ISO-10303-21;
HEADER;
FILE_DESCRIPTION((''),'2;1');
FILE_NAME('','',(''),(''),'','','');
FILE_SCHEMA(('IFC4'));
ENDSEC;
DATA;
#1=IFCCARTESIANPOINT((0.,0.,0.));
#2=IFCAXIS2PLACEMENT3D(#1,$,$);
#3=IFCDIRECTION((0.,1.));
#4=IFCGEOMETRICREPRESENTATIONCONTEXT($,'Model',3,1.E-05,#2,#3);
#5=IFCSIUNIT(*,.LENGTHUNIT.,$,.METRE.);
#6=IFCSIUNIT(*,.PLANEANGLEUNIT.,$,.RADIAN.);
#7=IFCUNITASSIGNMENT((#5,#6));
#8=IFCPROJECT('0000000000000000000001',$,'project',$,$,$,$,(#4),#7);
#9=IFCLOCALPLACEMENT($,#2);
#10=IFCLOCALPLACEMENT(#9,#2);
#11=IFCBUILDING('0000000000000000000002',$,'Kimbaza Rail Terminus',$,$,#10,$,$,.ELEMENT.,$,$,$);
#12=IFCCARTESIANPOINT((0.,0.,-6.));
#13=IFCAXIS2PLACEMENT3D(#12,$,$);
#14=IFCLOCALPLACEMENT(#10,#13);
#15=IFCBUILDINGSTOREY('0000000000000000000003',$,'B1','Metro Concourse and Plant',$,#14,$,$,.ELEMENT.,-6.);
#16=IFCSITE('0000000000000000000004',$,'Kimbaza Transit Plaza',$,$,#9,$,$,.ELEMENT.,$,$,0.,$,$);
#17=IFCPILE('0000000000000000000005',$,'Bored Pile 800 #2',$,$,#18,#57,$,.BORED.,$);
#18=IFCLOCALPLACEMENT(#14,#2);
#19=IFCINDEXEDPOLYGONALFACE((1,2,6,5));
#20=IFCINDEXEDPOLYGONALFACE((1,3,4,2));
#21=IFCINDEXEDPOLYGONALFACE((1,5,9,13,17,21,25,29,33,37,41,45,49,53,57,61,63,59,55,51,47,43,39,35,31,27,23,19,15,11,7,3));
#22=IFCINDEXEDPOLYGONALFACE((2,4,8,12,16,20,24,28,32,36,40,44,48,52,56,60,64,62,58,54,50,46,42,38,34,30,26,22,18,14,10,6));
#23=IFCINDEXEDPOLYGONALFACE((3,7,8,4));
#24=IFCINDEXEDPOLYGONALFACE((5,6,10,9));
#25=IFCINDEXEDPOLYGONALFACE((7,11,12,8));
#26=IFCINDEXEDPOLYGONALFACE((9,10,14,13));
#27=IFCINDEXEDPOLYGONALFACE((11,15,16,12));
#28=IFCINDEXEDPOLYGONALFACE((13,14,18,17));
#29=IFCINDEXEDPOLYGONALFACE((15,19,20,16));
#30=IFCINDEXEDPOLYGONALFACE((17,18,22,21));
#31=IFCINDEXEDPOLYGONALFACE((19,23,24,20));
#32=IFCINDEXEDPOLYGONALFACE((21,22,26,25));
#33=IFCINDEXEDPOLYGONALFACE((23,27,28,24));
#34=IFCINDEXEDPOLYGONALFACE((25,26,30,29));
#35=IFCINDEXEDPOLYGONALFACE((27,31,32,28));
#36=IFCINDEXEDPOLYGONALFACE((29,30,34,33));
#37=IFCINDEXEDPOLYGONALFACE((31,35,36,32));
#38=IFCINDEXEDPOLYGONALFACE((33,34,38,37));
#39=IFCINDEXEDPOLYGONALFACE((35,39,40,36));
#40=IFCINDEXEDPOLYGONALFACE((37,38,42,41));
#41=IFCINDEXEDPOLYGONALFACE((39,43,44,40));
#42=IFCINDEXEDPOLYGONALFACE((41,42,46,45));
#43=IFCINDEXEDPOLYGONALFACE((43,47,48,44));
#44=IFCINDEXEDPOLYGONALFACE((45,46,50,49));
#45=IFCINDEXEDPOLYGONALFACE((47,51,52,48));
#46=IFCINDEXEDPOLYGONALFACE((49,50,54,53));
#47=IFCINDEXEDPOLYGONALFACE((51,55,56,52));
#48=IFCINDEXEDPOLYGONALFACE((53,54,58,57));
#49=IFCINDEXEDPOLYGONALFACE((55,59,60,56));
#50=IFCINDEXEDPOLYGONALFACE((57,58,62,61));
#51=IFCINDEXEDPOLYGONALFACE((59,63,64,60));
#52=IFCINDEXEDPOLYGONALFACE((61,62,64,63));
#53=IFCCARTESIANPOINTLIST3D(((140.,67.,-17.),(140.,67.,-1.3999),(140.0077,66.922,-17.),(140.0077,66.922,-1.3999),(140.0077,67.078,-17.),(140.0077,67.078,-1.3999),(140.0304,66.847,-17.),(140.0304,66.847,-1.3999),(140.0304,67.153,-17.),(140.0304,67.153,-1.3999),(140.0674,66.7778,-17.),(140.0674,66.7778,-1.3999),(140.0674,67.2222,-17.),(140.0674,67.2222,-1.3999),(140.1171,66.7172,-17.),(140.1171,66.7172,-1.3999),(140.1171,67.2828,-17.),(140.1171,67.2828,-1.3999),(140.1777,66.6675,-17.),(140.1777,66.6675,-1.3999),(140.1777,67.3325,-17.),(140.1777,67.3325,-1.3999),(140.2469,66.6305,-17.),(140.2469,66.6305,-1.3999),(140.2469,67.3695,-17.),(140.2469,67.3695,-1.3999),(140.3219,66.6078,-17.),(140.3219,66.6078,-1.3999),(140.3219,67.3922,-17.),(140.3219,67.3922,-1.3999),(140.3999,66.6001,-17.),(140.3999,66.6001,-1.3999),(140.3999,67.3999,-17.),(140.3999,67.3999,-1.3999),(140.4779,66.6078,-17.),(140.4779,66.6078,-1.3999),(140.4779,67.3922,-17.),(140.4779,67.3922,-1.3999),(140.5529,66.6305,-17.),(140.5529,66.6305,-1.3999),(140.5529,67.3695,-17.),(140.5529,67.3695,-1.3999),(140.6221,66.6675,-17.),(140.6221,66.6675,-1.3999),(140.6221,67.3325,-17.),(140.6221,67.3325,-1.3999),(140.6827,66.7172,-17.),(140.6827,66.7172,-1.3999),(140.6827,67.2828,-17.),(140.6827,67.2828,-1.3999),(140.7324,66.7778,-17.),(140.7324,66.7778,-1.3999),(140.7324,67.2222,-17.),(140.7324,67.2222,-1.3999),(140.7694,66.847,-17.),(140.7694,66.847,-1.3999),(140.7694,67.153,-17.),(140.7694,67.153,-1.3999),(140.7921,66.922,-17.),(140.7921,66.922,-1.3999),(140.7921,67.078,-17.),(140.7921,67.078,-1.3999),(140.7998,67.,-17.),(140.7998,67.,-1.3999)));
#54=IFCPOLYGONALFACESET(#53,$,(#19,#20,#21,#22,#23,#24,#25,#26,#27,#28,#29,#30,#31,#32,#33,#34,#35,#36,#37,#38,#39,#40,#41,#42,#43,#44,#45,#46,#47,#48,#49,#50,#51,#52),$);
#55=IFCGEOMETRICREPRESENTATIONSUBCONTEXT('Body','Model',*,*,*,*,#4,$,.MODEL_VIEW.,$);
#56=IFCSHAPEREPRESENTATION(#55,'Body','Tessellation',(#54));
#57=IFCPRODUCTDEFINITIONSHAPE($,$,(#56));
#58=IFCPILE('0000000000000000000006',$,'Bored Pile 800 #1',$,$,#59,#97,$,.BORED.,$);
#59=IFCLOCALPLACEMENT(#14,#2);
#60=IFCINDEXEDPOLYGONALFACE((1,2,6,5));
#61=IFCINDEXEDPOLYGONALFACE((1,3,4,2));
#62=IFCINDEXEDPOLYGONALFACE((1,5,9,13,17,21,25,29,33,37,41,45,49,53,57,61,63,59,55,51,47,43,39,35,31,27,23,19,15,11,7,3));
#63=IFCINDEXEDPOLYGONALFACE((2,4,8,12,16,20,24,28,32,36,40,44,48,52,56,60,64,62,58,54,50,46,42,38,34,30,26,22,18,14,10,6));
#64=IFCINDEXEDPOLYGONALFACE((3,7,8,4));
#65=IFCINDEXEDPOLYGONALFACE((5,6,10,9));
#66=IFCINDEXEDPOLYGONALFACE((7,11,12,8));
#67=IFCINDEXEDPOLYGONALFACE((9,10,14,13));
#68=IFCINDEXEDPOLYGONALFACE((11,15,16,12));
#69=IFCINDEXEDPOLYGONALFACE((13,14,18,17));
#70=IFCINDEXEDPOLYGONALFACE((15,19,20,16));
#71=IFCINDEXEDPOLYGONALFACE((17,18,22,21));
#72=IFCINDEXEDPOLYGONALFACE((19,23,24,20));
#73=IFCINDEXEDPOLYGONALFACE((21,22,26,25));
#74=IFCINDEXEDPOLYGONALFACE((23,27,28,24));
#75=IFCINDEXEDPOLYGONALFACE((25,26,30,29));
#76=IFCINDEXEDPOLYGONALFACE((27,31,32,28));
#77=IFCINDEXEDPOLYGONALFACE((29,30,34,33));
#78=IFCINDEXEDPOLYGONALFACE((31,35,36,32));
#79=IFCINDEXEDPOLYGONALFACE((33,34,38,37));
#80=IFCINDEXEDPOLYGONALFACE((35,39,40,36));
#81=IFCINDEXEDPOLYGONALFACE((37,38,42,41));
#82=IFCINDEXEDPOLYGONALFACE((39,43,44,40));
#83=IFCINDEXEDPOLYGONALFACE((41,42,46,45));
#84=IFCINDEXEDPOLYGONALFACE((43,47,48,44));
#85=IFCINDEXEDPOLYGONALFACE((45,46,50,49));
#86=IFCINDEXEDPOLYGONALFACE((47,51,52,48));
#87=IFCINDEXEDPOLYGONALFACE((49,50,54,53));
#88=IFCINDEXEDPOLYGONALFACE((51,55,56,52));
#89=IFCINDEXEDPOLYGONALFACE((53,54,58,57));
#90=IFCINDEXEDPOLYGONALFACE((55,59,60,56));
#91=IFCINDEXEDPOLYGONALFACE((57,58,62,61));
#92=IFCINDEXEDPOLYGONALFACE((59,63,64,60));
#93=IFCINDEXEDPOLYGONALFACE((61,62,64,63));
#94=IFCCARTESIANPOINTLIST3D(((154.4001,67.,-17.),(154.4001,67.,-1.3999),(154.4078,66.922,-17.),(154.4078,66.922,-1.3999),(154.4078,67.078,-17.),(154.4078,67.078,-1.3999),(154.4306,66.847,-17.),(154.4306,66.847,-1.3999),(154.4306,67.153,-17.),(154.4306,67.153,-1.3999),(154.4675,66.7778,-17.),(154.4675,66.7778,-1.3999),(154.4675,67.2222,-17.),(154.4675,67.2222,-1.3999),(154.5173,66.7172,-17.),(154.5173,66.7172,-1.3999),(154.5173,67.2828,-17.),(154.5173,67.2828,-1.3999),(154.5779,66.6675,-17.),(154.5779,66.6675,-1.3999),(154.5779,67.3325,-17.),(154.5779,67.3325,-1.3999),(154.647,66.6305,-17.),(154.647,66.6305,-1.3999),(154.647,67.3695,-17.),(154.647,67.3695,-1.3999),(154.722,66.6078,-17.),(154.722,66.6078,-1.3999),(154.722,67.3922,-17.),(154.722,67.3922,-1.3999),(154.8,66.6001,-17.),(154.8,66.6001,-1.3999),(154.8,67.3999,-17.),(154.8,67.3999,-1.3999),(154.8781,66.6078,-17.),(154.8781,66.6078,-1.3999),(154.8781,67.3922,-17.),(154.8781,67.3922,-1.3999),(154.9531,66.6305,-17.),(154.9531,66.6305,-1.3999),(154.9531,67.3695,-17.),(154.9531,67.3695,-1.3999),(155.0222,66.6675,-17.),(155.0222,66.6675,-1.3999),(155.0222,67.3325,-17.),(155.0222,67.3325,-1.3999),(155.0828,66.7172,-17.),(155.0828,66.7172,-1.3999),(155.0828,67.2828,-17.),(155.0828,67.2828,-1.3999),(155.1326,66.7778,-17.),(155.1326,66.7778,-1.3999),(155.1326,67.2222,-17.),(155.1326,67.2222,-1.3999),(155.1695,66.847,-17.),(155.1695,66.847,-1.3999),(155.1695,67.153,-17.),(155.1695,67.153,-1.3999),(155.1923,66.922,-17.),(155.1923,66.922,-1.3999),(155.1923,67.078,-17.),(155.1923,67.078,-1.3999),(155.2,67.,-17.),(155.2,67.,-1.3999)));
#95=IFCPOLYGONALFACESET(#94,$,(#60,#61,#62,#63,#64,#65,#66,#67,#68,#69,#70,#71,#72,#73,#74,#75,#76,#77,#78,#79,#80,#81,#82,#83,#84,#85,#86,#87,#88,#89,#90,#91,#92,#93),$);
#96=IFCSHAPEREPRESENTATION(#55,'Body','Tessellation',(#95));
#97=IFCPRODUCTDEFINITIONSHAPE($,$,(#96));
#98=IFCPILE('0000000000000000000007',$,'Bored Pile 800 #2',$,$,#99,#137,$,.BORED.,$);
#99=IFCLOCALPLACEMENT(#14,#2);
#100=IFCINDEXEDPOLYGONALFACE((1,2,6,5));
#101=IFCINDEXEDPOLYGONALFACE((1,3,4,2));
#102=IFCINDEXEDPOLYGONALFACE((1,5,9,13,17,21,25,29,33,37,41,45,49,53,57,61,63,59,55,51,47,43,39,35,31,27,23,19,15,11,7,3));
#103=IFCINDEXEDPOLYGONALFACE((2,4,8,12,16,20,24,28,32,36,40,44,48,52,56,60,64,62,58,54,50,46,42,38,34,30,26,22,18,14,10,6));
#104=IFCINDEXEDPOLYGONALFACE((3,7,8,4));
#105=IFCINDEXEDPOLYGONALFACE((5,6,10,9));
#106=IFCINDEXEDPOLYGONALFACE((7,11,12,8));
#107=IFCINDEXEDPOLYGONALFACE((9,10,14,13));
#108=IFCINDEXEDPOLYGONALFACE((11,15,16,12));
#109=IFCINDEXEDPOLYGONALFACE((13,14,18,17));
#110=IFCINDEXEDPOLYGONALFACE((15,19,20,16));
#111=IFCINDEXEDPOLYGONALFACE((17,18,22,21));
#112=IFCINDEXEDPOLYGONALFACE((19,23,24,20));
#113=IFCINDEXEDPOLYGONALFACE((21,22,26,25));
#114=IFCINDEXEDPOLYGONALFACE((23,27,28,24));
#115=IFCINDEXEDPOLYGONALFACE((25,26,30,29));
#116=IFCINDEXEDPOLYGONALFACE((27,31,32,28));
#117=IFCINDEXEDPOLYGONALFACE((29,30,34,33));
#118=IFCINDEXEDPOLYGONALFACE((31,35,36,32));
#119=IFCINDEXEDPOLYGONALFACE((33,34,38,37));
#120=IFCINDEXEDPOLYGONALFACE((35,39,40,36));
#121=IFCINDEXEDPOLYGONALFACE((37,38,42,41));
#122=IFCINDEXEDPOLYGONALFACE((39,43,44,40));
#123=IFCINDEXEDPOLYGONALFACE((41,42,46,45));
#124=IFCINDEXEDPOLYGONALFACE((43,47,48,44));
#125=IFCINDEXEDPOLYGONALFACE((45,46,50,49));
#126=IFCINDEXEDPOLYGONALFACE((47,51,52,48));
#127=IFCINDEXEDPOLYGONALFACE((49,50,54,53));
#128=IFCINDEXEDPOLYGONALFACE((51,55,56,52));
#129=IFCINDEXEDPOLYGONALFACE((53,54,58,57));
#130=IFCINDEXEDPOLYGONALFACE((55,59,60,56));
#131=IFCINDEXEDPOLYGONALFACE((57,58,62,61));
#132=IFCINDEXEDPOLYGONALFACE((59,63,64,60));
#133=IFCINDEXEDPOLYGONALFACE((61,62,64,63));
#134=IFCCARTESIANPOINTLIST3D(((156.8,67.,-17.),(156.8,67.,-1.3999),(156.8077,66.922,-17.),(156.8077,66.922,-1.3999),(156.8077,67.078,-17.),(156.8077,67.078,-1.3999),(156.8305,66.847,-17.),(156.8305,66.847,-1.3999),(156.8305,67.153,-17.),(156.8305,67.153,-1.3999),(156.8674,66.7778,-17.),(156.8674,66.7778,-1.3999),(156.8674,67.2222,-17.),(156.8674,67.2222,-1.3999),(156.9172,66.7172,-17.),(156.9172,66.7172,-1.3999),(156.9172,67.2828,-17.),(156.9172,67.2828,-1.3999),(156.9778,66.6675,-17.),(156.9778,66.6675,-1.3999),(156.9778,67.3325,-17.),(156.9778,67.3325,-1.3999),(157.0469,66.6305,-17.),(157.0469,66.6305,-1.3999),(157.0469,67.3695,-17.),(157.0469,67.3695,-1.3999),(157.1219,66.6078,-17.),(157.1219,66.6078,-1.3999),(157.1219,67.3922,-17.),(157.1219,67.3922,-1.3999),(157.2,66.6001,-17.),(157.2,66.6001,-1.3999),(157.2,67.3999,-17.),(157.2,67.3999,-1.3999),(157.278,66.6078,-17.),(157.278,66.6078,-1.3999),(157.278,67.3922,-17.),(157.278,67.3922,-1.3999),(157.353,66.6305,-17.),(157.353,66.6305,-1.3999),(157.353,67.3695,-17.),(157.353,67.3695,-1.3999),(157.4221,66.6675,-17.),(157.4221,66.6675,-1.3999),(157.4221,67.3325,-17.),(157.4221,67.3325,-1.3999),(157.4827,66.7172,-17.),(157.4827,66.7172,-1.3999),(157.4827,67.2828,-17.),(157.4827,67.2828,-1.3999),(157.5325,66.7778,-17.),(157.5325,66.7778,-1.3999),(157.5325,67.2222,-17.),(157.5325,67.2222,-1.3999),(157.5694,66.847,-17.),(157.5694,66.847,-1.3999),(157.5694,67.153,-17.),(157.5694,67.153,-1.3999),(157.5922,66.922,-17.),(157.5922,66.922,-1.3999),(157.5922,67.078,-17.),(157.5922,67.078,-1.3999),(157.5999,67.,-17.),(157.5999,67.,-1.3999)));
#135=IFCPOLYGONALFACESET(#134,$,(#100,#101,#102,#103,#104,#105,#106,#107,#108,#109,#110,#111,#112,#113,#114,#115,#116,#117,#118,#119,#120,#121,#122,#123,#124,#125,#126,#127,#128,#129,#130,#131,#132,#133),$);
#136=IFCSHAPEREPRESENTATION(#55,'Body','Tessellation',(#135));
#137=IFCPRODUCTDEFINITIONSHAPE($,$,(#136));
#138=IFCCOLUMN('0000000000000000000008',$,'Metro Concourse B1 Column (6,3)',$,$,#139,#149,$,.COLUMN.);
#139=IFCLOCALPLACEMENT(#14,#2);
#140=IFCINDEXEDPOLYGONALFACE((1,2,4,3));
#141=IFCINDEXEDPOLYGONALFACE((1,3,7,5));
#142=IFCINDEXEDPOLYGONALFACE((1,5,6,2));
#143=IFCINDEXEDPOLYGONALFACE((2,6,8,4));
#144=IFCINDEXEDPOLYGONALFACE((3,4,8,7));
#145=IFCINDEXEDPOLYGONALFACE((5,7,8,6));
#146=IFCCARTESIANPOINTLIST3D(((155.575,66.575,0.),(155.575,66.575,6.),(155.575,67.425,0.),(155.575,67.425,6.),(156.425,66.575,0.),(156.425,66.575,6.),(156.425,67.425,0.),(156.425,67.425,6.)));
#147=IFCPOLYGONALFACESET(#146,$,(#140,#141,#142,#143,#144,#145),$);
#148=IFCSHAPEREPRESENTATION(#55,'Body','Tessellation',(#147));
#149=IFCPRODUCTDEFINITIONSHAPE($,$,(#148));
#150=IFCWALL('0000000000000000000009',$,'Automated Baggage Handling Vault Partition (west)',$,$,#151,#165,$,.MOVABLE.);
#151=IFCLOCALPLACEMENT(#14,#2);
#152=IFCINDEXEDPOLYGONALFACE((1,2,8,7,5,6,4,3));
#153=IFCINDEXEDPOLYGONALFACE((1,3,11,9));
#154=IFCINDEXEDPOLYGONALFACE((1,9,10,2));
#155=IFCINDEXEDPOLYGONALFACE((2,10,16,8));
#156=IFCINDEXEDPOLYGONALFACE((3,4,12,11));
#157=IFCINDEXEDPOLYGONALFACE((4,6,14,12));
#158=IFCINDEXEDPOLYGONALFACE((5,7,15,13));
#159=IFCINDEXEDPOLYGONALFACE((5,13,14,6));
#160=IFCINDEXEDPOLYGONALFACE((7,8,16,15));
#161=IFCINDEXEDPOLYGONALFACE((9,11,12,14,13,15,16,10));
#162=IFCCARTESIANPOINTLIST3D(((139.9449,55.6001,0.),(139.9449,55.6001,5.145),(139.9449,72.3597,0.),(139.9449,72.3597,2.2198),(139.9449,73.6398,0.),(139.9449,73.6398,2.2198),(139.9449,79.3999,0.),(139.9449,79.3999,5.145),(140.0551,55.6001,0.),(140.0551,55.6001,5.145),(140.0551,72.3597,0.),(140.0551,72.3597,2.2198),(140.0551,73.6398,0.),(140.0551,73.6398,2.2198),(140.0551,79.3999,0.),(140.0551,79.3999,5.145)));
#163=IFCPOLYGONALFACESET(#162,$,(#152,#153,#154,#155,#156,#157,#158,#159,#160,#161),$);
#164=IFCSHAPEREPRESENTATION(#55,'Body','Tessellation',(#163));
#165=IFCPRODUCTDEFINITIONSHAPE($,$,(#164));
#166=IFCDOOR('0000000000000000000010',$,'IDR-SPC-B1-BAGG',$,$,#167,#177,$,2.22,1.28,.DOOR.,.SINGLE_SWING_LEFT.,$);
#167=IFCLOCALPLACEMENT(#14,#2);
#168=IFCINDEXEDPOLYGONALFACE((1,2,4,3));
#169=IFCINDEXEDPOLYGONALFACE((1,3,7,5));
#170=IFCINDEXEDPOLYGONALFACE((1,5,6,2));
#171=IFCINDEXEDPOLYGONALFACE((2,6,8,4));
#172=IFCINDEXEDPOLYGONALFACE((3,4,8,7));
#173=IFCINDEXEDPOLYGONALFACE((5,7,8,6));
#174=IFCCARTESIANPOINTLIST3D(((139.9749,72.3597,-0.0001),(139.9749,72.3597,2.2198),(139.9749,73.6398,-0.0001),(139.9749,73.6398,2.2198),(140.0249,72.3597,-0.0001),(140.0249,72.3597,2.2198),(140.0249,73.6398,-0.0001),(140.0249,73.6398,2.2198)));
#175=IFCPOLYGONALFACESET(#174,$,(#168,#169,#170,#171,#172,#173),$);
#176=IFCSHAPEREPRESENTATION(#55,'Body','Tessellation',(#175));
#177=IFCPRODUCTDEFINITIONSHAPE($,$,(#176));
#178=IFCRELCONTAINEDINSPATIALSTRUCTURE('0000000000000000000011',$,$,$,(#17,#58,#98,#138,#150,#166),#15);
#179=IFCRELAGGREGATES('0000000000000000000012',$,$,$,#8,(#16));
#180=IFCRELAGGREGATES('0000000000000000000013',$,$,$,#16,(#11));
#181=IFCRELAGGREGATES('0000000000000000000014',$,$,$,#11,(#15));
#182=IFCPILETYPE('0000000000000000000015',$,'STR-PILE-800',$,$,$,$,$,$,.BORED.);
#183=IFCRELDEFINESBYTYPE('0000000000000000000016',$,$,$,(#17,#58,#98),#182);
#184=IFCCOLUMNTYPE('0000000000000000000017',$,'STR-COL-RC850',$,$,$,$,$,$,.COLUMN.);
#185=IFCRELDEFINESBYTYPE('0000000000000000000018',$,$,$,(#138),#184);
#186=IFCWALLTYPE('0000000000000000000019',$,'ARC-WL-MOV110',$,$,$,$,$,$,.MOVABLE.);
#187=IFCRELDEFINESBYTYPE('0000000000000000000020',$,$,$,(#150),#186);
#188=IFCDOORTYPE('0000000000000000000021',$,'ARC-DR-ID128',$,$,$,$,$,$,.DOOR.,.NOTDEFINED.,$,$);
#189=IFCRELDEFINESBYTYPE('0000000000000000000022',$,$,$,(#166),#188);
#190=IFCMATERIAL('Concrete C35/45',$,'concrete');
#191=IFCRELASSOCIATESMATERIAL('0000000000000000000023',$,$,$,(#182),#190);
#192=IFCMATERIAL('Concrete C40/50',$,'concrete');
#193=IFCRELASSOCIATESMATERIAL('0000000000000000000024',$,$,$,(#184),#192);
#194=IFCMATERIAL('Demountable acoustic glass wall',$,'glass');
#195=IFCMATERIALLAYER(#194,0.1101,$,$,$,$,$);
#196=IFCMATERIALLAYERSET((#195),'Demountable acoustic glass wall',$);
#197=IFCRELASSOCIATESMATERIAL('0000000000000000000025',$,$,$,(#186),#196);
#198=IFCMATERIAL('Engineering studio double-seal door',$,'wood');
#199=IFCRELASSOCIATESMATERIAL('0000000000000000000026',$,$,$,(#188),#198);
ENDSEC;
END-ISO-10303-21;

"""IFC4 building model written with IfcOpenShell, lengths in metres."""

from ifc_helpers import new_model, si_unit, direction, frame, frame_2d, origin, origin_2d, place, context, subcontext, project, spatial, rectangle, circle, extrude, material, layer, layer_set, material_profile, profile_set, type_object, element, fill, save


model = new_model("IFC4")

# Units and contexts
model_context = context("Model", 3, precision=1e-05, world=origin(), true_north=direction((0.0, 1.0)))
body_context = subcontext(model_context, "Body", "Model", "MODEL_VIEW")
ifc_project = project(units=[si_unit("LENGTHUNIT", "METRE"), si_unit("PLANEANGLEUNIT", "RADIAN")], contexts=[model_context])

# Site, building, storey
site_placement = place(None, origin())
site = spatial("IfcSite", under=ifc_project, at=site_placement, Name="Kimbaza Transit Plaza", CompositionType="ELEMENT", RefElevation=0.0)
building_placement = place(site_placement, origin())
building = spatial("IfcBuilding", under=site, at=building_placement, Name="Kimbaza Rail Terminus", CompositionType="ELEMENT")
storey_placement = place(building_placement, frame((0.0, 0.0, -6.0)))
storey = spatial("IfcBuildingStorey", under=building, at=storey_placement, Name="B1", Description="Metro Concourse and Plant", CompositionType="ELEMENT", Elevation=-6.0)

# Piles
ifc_material_1 = material(Name="Concrete C35/45", Category="concrete")
ifc_material_profile_1 = material_profile(ifc_material_1, circle(Radius=0.3999, at=origin_2d()), Name="BORED PILE 800")
ifc_profile_set_1 = profile_set([ifc_material_profile_1], Name="Concrete C35/45")
pile_type_1 = type_object("IfcPileType", Name="STR-PILE-800", PredefinedType="BORED", material=ifc_profile_set_1)
for number, where, z_axis, x_axis, name in (
    (1, (140.3999, 67.0, -1.3999), (0.0, 0.0, -1.0), (1.0, 0.0, 0.0), "Bored Pile 800 #2"),
    (2, (154.8, 67.0, -1.3999), (0.0, 0.0, -1.0), (1.0, 0.0, 0.0), "Bored Pile 800 #1"),
    (3, (157.2, 67.0, -1.3999), (0.0, 0.0, -1.0), (1.0, 0.0, 0.0), "Bored Pile 800 #2"),
):
    element("IfcPile", number, at=place(storey_placement, frame(where, z_axis=z_axis, x_axis=x_axis)), inside=storey, type_object=pile_type_1, Name=name, PredefinedType="BORED", context=body_context, shape_type="SweptSolid", body=[
        extrude(circle(Radius=0.3999, at=origin_2d()), origin(), (0.0, 0.0, 1.0), 15.6001),
    ])

# Column
ifc_material_2 = material(Name="Concrete C40/50", Category="concrete")
ifc_material_profile_2 = material_profile(ifc_material_2, rectangle(XDim=0.8501, YDim=0.8501, at=origin_2d()), Name="RC 850x850")
ifc_profile_set_2 = profile_set([ifc_material_profile_2], Name="Concrete C40/50")
column_type = type_object("IfcColumnType", Name="STR-COL-RC850", PredefinedType="COLUMN", material=ifc_profile_set_2)
column_placement = place(storey_placement, frame((156.0, 67.0, 0.0), z_axis=(0.0, 0.0, 1.0), x_axis=(1.0, 0.0, 0.0)))
element("IfcColumn", 4, at=column_placement, inside=storey, type_object=column_type, Name="Metro Concourse B1 Column (6,3)", PredefinedType="COLUMN", context=body_context, shape_type="SweptSolid", body=[
    extrude(rectangle(XDim=0.8501, YDim=0.8501, at=origin_2d()), origin(), (0.0, 0.0, 1.0), 6.0),
])

# Wall, opening, door
ifc_material_3 = material(Name="Demountable acoustic glass wall", Category="glass")
ifc_layer_1 = layer(ifc_material_3, 0.1101)
ifc_layer_set_1 = layer_set([ifc_layer_1], Name="Demountable acoustic glass wall")
wall_type_1 = type_object("IfcWallType", Name="ARC-WL-MOV110", PredefinedType="MOVABLE", material=ifc_layer_set_1)
wall_1_placement = place(storey_placement, frame((140.0, 79.3999, 0.0), z_axis=(0.0, 0.0, 1.0), x_axis=(0.0, -1.0, 0.0)))
wall_1 = element("IfcWall", 5, at=wall_1_placement, inside=storey, type_object=wall_type_1, Name="Automated Baggage Handling Vault Partition (west)", PredefinedType="MOVABLE", context=body_context, shape_type="SweptSolid", body=[
    extrude(rectangle(XDim=23.7998, YDim=0.1101, at=frame_2d((11.8999, 0.0))), origin(), (0.0, 0.0, 1.0), 5.145),
])
opening_1_placement = place(wall_1_placement, frame((5.76, 0.0, 0.0)))
opening_1 = element("IfcOpeningElement", 6, at=opening_1_placement, cuts=wall_1, PredefinedType="OPENING", context=body_context, shape_type="SweptSolid", body=[
    extrude(rectangle(XDim=1.28, YDim=2.22, at=frame_2d((0.6401, 1.1099))), frame((0.0, 0.0649, 0.0), z_axis=(0.0, -1.0, 0.0), x_axis=(1.0, 0.0, 0.0)), (0.0, 0.0, 1.0), 0.1301),
])
ifc_material_4 = material(Name="Engineering studio double-seal door", Category="wood")
door_type_1 = type_object("IfcDoorType", Name="ARC-DR-ID128", OperationType="NOTDEFINED", PredefinedType="DOOR", material=ifc_material_4)
door_1_placement = place(opening_1_placement, origin())
door_1 = element("IfcDoor", 7, at=door_1_placement, inside=storey, type_object=door_type_1, Name="IDR-SPC-B1-BAGG", OperationType="SINGLE_SWING_LEFT", OverallHeight=2.22, OverallWidth=1.28, PredefinedType="DOOR", context=body_context, shape_type="SweptSolid", body=[
    extrude(rectangle(XDim=1.28, YDim=2.22, at=frame_2d((0.6401, 1.1099))), frame((0.0, 0.0249, 0.0), z_axis=(0.0, -1.0, 0.0), x_axis=(1.0, 0.0, 0.0)), (0.0, 0.0, 1.0), 0.05),
])
fill(opening_1, door_1)

save(model, "model.ifc")
